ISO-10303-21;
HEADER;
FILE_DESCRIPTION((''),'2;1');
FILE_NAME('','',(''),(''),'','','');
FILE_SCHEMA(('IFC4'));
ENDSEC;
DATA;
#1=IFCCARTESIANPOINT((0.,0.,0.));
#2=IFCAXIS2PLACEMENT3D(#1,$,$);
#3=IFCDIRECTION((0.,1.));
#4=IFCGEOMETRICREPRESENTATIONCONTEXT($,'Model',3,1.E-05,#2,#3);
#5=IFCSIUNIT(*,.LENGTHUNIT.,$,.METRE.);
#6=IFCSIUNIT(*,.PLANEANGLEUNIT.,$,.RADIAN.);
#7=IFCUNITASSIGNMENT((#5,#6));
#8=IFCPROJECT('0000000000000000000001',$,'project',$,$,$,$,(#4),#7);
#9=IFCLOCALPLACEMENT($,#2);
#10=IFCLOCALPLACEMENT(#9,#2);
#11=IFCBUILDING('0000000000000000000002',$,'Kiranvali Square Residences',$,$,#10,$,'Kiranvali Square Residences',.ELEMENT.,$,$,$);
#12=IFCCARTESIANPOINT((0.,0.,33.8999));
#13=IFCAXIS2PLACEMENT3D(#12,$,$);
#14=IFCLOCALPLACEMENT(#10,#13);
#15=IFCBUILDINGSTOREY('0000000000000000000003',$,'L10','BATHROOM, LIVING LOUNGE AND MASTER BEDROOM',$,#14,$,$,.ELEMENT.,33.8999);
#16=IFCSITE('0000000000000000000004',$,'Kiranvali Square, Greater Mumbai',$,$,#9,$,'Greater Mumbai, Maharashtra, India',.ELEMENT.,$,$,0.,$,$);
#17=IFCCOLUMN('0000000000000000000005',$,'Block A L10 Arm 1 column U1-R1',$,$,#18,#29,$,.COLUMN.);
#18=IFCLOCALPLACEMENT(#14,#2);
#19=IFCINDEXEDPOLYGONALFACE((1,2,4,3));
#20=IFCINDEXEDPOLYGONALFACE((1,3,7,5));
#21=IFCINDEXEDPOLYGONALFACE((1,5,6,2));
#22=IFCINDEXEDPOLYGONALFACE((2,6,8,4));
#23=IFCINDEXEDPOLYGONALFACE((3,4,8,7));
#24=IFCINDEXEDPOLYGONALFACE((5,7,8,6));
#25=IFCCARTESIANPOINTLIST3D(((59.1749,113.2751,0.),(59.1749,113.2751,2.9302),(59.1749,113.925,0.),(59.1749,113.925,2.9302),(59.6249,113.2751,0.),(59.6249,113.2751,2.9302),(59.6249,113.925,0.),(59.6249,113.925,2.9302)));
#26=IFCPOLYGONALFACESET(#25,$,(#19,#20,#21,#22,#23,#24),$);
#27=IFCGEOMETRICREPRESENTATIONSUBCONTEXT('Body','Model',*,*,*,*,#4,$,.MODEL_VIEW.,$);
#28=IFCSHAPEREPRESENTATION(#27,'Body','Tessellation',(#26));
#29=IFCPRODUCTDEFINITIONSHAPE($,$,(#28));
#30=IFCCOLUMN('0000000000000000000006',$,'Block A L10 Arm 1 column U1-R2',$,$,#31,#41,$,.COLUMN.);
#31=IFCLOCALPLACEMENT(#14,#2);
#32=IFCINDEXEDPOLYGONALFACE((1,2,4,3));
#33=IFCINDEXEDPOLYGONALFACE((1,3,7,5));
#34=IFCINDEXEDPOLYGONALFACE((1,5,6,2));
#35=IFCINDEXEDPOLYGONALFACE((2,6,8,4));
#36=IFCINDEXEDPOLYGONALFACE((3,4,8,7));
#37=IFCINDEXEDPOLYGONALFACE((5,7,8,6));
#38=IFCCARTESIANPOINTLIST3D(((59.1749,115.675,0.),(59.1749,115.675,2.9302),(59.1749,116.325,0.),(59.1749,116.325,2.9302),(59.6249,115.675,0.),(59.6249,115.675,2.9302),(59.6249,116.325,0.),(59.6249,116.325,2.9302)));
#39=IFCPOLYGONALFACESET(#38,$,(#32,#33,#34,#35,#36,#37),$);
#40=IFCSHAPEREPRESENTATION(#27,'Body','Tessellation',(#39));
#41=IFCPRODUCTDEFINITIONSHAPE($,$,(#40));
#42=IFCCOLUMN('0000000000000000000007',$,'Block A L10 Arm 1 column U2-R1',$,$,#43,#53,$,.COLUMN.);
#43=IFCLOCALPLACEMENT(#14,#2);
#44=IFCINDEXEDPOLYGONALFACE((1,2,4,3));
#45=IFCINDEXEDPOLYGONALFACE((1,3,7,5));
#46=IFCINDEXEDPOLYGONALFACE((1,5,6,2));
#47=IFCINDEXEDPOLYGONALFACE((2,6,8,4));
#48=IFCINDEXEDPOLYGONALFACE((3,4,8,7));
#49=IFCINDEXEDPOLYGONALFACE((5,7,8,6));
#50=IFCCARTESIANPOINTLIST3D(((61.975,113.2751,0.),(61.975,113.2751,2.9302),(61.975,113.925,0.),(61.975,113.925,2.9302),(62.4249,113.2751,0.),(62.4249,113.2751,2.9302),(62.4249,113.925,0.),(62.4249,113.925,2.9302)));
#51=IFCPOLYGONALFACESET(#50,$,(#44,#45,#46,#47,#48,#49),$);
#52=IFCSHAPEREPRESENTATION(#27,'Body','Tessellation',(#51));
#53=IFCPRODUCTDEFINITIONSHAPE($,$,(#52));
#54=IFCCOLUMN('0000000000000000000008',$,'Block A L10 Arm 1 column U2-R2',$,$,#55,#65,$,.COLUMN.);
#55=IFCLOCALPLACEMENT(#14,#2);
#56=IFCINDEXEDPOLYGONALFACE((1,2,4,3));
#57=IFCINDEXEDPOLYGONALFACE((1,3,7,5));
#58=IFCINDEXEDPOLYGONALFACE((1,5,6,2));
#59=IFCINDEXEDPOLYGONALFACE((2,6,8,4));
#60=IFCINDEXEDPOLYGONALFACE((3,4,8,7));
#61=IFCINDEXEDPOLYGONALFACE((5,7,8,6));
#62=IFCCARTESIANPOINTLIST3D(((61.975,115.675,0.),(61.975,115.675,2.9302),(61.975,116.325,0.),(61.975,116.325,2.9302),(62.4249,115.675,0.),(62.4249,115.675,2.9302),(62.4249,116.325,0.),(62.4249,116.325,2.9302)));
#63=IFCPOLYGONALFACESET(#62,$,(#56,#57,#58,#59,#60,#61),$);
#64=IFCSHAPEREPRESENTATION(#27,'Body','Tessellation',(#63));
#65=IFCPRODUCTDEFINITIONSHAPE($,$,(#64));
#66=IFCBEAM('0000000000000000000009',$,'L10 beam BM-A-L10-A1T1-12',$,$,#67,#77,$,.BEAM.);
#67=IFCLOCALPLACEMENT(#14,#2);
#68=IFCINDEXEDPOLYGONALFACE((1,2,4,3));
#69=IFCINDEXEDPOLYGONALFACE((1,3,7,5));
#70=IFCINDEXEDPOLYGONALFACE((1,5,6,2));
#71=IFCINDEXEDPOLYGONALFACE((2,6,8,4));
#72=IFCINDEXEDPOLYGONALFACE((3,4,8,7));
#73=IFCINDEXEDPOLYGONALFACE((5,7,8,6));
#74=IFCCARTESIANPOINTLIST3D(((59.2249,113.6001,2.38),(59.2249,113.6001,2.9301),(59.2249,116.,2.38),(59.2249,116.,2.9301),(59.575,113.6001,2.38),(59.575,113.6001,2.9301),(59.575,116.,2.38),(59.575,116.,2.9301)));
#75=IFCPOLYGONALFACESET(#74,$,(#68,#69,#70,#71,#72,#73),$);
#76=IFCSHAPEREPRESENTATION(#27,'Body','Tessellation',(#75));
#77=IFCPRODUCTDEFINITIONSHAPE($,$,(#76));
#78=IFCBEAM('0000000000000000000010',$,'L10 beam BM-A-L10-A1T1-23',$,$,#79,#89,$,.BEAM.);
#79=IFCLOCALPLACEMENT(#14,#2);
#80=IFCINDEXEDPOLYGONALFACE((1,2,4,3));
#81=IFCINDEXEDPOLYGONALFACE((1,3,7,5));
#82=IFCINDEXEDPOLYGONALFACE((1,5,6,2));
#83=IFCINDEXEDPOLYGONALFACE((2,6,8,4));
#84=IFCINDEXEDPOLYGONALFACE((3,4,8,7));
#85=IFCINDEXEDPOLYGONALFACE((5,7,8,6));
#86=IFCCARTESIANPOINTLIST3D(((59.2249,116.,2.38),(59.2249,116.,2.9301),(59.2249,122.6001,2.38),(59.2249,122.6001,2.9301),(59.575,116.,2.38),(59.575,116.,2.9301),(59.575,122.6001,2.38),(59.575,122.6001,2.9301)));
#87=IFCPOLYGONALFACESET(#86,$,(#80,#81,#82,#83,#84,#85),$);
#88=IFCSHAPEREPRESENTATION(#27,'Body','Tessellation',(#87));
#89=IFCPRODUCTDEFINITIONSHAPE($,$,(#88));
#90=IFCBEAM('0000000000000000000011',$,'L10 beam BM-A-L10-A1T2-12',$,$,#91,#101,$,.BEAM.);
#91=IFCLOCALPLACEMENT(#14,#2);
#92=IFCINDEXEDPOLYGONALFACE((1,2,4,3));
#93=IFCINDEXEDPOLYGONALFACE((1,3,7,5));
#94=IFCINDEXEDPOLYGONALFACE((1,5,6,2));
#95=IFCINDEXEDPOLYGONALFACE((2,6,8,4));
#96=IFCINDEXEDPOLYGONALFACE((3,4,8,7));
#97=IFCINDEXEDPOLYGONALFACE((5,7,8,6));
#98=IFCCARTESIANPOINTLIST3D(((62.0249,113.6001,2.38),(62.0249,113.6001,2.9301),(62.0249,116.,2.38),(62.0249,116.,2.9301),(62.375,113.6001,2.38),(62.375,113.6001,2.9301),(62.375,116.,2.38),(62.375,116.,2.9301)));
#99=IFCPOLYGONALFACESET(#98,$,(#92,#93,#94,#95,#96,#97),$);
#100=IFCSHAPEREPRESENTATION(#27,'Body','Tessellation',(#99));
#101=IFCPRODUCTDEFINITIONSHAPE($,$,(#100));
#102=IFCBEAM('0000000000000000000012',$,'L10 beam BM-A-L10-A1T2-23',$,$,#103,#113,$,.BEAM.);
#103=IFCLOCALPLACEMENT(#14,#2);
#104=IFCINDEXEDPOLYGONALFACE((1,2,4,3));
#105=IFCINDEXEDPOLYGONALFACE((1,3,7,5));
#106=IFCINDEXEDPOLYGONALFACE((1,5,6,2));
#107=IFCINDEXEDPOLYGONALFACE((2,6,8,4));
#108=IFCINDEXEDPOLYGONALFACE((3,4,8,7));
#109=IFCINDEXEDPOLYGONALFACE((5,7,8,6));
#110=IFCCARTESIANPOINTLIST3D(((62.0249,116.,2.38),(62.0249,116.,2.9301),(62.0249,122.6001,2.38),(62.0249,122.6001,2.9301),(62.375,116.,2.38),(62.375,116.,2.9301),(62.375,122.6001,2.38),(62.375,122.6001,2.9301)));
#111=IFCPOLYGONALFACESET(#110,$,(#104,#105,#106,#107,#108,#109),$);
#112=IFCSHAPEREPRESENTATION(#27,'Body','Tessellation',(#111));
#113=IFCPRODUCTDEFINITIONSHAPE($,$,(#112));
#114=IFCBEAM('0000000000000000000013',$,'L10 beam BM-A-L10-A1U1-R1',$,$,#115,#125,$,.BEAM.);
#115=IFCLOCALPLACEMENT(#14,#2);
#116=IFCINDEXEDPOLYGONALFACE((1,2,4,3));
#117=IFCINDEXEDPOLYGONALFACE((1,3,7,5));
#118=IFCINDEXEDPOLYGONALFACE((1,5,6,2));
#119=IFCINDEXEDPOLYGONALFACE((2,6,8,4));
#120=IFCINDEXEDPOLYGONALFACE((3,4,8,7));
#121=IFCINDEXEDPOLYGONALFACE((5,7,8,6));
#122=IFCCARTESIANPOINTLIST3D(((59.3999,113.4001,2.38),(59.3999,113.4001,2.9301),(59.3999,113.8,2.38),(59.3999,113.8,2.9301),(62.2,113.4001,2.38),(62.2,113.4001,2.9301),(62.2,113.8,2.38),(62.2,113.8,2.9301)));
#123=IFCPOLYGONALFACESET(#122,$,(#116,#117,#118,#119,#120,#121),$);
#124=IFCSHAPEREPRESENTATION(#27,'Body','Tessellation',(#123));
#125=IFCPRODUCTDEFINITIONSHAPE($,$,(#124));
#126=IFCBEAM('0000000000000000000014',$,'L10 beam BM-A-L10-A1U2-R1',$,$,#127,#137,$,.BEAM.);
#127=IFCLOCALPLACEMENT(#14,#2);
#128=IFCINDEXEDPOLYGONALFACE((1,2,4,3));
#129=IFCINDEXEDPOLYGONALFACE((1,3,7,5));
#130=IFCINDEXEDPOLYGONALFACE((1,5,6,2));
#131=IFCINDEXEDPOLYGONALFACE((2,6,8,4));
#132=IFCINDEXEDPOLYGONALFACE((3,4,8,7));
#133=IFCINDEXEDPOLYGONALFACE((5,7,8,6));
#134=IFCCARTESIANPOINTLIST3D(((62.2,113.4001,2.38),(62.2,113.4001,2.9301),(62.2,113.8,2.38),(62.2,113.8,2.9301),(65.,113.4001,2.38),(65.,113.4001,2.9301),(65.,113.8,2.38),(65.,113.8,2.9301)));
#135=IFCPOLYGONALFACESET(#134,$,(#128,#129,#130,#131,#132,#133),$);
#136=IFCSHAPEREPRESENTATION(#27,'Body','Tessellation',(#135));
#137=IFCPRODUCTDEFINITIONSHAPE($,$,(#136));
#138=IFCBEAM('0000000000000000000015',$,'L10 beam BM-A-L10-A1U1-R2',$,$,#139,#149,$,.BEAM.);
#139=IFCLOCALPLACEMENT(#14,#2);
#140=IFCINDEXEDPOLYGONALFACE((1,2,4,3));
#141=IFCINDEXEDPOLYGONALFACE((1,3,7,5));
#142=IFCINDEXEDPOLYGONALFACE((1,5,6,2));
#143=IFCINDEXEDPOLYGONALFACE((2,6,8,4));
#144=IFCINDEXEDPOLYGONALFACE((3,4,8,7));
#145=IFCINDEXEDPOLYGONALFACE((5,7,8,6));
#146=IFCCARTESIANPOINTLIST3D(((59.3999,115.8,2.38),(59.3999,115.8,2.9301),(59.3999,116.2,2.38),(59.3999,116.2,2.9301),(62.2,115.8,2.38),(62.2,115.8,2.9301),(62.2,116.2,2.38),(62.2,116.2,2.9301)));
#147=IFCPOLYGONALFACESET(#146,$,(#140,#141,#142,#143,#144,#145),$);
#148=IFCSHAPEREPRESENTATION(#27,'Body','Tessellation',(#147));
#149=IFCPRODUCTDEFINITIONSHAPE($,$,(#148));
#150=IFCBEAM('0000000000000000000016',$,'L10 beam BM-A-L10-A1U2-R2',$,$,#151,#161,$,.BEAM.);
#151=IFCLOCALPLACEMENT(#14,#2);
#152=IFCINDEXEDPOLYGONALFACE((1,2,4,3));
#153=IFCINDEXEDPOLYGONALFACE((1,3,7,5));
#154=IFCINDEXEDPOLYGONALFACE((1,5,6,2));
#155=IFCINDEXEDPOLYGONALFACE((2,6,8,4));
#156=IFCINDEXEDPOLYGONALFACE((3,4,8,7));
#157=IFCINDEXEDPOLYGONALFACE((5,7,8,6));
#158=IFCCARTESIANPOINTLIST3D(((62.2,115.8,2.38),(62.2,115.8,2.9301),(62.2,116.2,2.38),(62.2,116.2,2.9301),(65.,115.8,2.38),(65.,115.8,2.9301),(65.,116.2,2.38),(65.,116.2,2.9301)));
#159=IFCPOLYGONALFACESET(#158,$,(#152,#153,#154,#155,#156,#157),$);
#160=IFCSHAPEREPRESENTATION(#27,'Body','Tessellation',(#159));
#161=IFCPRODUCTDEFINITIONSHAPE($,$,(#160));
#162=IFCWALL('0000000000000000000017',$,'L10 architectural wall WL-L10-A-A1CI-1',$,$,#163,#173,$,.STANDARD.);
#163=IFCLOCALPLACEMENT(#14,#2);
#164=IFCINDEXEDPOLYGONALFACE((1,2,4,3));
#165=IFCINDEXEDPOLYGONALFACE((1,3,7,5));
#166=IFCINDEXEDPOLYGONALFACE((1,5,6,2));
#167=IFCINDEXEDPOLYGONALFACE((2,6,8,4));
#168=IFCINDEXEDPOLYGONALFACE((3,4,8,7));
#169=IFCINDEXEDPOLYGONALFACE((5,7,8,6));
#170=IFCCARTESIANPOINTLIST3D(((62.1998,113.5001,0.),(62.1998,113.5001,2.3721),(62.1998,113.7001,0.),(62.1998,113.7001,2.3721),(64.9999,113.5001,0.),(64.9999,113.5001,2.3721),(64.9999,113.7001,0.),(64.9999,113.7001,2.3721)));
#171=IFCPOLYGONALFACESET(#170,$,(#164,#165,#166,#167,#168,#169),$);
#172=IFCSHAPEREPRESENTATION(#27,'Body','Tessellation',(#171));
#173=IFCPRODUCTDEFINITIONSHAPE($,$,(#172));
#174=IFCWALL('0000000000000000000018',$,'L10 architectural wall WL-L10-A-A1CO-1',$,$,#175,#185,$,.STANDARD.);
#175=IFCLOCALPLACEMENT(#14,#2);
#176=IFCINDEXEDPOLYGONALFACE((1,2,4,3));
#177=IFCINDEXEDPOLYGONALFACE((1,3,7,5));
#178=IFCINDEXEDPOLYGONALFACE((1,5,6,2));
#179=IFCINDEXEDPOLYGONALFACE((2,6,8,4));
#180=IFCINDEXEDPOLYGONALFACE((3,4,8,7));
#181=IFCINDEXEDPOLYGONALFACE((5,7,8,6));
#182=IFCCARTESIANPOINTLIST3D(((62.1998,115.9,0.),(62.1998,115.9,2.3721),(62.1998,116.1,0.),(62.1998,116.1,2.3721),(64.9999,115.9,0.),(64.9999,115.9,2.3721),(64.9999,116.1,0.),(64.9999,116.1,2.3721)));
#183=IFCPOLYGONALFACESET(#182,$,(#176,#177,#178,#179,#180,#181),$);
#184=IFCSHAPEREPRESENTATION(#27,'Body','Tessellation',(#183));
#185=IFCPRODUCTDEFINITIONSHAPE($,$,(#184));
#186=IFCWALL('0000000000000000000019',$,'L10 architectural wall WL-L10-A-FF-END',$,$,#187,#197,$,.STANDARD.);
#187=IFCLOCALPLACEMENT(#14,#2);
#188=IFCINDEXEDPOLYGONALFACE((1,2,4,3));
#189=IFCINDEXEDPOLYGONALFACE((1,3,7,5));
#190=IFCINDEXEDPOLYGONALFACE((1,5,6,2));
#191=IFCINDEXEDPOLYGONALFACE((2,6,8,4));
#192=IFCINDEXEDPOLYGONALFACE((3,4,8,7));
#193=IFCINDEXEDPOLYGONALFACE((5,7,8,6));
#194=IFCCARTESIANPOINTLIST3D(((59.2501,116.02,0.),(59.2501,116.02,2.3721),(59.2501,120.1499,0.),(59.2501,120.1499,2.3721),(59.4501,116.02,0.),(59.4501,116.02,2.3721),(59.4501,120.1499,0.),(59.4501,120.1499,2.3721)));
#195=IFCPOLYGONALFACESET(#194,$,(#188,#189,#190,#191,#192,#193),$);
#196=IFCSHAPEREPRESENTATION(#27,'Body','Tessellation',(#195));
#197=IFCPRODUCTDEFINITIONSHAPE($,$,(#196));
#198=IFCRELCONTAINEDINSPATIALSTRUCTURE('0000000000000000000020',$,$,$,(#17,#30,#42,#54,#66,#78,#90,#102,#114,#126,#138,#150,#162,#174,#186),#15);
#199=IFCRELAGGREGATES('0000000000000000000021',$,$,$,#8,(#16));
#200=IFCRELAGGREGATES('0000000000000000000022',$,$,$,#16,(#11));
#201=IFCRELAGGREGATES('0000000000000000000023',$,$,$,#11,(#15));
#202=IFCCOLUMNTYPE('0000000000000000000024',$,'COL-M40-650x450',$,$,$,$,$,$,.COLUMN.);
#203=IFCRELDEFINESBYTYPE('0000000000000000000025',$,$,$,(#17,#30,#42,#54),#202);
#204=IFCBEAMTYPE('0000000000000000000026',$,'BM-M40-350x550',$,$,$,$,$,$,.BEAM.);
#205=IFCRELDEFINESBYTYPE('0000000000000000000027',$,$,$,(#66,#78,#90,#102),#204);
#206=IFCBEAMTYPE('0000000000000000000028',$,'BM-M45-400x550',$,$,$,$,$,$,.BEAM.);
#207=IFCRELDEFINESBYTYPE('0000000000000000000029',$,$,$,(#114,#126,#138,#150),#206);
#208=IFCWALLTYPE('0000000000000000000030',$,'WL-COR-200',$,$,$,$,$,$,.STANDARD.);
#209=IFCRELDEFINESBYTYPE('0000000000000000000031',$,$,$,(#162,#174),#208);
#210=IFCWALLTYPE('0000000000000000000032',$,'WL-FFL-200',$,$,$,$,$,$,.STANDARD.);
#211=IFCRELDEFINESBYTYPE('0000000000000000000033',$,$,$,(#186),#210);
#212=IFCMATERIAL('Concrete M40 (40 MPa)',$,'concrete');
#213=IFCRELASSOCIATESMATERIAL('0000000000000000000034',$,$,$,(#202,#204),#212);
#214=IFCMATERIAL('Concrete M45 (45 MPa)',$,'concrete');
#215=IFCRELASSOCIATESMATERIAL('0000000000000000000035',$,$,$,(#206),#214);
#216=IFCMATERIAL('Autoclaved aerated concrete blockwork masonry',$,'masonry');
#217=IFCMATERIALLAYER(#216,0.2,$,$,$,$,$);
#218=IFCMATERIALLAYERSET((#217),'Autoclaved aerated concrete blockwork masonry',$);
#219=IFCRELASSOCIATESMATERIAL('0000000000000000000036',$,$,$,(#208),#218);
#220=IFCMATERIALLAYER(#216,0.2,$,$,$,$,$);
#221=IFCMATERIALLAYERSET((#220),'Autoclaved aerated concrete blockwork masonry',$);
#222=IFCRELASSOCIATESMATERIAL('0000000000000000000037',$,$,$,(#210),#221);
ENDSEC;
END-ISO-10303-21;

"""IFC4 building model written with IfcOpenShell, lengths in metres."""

from ifc_helpers import new_model, si_unit, direction, frame, frame_2d, origin, origin_2d, place, context, subcontext, project, spatial, rectangle, extrude, material, layer, layer_set, material_profile, profile_set, type_object, element, save


model = new_model("IFC4")

# Units and contexts
model_context = context("Model", 3, precision=1e-05, world=origin(), true_north=direction((0.0, 1.0)))
body_context = subcontext(model_context, "Body", "Model", "MODEL_VIEW")
ifc_project = project(units=[si_unit("LENGTHUNIT", "METRE"), si_unit("PLANEANGLEUNIT", "RADIAN")], contexts=[model_context])

# Site, building, storey
site_placement = place(None, origin())
site = spatial("IfcSite", under=ifc_project, at=site_placement, Name="Kiranvali Square, Greater Mumbai", LongName="Greater Mumbai, Maharashtra, India", CompositionType="ELEMENT", RefElevation=0.0)
building_placement = place(site_placement, origin())
building = spatial("IfcBuilding", under=site, at=building_placement, Name="Kiranvali Square Residences", LongName="Kiranvali Square Residences", CompositionType="ELEMENT")
storey_placement = place(building_placement, frame((0.0, 0.0, 33.8999)))
storey = spatial("IfcBuildingStorey", under=building, at=storey_placement, Name="L10", Description="BATHROOM, LIVING LOUNGE AND MASTER BEDROOM", CompositionType="ELEMENT", Elevation=33.8999)

# Columns
ifc_material_1 = material(Name="Concrete M40 (40 MPa)", Category="concrete")
ifc_material_profile_1 = material_profile(ifc_material_1, rectangle(XDim=0.45, YDim=0.6499, at=origin_2d()), Name="RC 650x450")
ifc_profile_set_1 = profile_set([ifc_material_profile_1], Name="Concrete M40 (40 MPa)")
column_type = type_object("IfcColumnType", Name="COL-M40-650x450", PredefinedType="COLUMN", material=ifc_profile_set_1)
for number, where, z_axis, x_axis, name in (
    (1, (59.3999, 113.6001, 0.0), (0.0, 0.0, 1.0), (1.0, 0.0, 0.0), "Block A L10 Arm 1 column U1-R1"),
    (2, (59.3999, 116.0, 0.0), (0.0, 0.0, 1.0), (1.0, 0.0, 0.0), "Block A L10 Arm 1 column U1-R2"),
    (3, (62.2, 113.6001, 0.0), (0.0, 0.0, 1.0), (1.0, 0.0, 0.0), "Block A L10 Arm 1 column U2-R1"),
    (4, (62.2, 116.0, 0.0), (0.0, 0.0, 1.0), (1.0, 0.0, 0.0), "Block A L10 Arm 1 column U2-R2"),
):
    element("IfcColumn", number, at=place(storey_placement, frame(where, z_axis=z_axis, x_axis=x_axis)), inside=storey, type_object=column_type, Name=name, PredefinedType="COLUMN", context=body_context, shape_type="SweptSolid", body=[
        extrude(rectangle(XDim=0.45, YDim=0.6499, at=origin_2d()), origin(), (0.0, 0.0, 1.0), 2.9302),
    ])

# Beams
ifc_material_profile_2 = material_profile(ifc_material_1, rectangle(XDim=0.3501, YDim=0.55, at=origin_2d()), Name="RC 350x550")
ifc_profile_set_2 = profile_set([ifc_material_profile_2], Name="Concrete M40 (40 MPa)")
beam_type_1 = type_object("IfcBeamType", Name="BM-M40-350x550", PredefinedType="BEAM", material=ifc_profile_set_2)
beam_1_placement = place(storey_placement, frame((59.3999, 113.6001, 2.655), z_axis=(0.0, 1.0, 0.0), x_axis=(-1.0, 0.0, 0.0)))
element("IfcBeam", 5, at=beam_1_placement, inside=storey, type_object=beam_type_1, Name="L10 beam BM-A-L10-A1T1-12", PredefinedType="BEAM", context=body_context, shape_type="SweptSolid", body=[
    extrude(rectangle(XDim=0.3501, YDim=0.55, at=origin_2d()), origin(), (0.0, 0.0, 1.0), 2.3999),
])
beam_2_placement = place(storey_placement, frame((59.3999, 116.0, 2.655), z_axis=(0.0, 1.0, 0.0), x_axis=(-1.0, 0.0, 0.0)))
element("IfcBeam", 6, at=beam_2_placement, inside=storey, type_object=beam_type_1, Name="L10 beam BM-A-L10-A1T1-23", PredefinedType="BEAM", context=body_context, shape_type="SweptSolid", body=[
    extrude(rectangle(XDim=0.3501, YDim=0.55, at=origin_2d()), origin(), (0.0, 0.0, 1.0), 6.6001),
])
beam_3_placement = place(storey_placement, frame((62.2, 113.6001, 2.655), z_axis=(0.0, 1.0, 0.0), x_axis=(-1.0, 0.0, 0.0)))
element("IfcBeam", 7, at=beam_3_placement, inside=storey, type_object=beam_type_1, Name="L10 beam BM-A-L10-A1T2-12", PredefinedType="BEAM", context=body_context, shape_type="SweptSolid", body=[
    extrude(rectangle(XDim=0.3501, YDim=0.55, at=origin_2d()), origin(), (0.0, 0.0, 1.0), 2.3999),
])
beam_4_placement = place(storey_placement, frame((62.2, 116.0, 2.655), z_axis=(0.0, 1.0, 0.0), x_axis=(-1.0, 0.0, 0.0)))
element("IfcBeam", 8, at=beam_4_placement, inside=storey, type_object=beam_type_1, Name="L10 beam BM-A-L10-A1T2-23", PredefinedType="BEAM", context=body_context, shape_type="SweptSolid", body=[
    extrude(rectangle(XDim=0.3501, YDim=0.55, at=origin_2d()), origin(), (0.0, 0.0, 1.0), 6.6001),
])
ifc_material_2 = material(Name="Concrete M45 (45 MPa)", Category="concrete")
ifc_material_profile_3 = material_profile(ifc_material_2, rectangle(XDim=0.3999, YDim=0.55, at=origin_2d()), Name="RC 400x550")
ifc_profile_set_3 = profile_set([ifc_material_profile_3], Name="Concrete M45 (45 MPa)")
beam_type_2 = type_object("IfcBeamType", Name="BM-M45-400x550", PredefinedType="BEAM", material=ifc_profile_set_3)
for number, where, z_axis, x_axis, name in (
    (9, (59.3999, 113.6001, 2.655), (1.0, 0.0, 0.0), (0.0, 1.0, 0.0), "L10 beam BM-A-L10-A1U1-R1"),
    (10, (62.2, 113.6001, 2.655), (1.0, 0.0, 0.0), (0.0, 1.0, 0.0), "L10 beam BM-A-L10-A1U2-R1"),
    (11, (59.3999, 116.0, 2.655), (1.0, 0.0, 0.0), (0.0, 1.0, 0.0), "L10 beam BM-A-L10-A1U1-R2"),
    (12, (62.2, 116.0, 2.655), (1.0, 0.0, 0.0), (0.0, 1.0, 0.0), "L10 beam BM-A-L10-A1U2-R2"),
):
    element("IfcBeam", number, at=place(storey_placement, frame(where, z_axis=z_axis, x_axis=x_axis)), inside=storey, type_object=beam_type_2, Name=name, PredefinedType="BEAM", context=body_context, shape_type="SweptSolid", body=[
        extrude(rectangle(XDim=0.3999, YDim=0.55, at=origin_2d()), origin(), (0.0, 0.0, 1.0), 2.8),
    ])

# Shared definitions
ifc_material_3 = material(Name="Autoclaved aerated concrete blockwork masonry", Category="masonry")
ifc_layer_1 = layer(ifc_material_3, 0.2)
ifc_layer_set_1 = layer_set([ifc_layer_1], Name="Autoclaved aerated concrete blockwork masonry")
wall_type_1 = type_object("IfcWallType", Name="WL-COR-200", PredefinedType="STANDARD", material=ifc_layer_set_1)

# Walls
for number, where, z_axis, x_axis, name in (
    (13, (62.2, 113.6001, 0.0), (0.0, 0.0, 1.0), (1.0, 0.0, 0.0), "L10 architectural wall WL-L10-A-A1CI-1"),
    (14, (62.2, 116.0, 0.0), (0.0, 0.0, 1.0), (1.0, 0.0, 0.0), "L10 architectural wall WL-L10-A-A1CO-1"),
):
    element("IfcWall", number, at=place(storey_placement, frame(where, z_axis=z_axis, x_axis=x_axis)), inside=storey, type_object=wall_type_1, Name=name, PredefinedType="STANDARD", context=body_context, shape_type="SweptSolid", body=[
        extrude(rectangle(XDim=2.8, YDim=0.2, at=frame_2d((1.3999, 0.0))), origin(), (0.0, 0.0, 1.0), 2.3721),
    ])
ifc_layer_2 = layer(ifc_material_3, 0.2)
ifc_layer_set_2 = layer_set([ifc_layer_2], Name="Autoclaved aerated concrete blockwork masonry")
wall_type_2 = type_object("IfcWallType", Name="WL-FFL-200", PredefinedType="STANDARD", material=ifc_layer_set_2)
wall_1_placement = place(storey_placement, frame((59.3501, 116.02, 0.0), z_axis=(0.0, 0.0, 1.0), x_axis=(0.0, 1.0, 0.0)))
element("IfcWall", 15, at=wall_1_placement, inside=storey, type_object=wall_type_2, Name="L10 architectural wall WL-L10-A-FF-END", PredefinedType="STANDARD", context=body_context, shape_type="SweptSolid", body=[
    extrude(rectangle(XDim=4.1299, YDim=0.2, at=frame_2d((2.0649, 0.0))), origin(), (0.0, 0.0, 1.0), 2.3721),
])

save(model, "model.ifc")
